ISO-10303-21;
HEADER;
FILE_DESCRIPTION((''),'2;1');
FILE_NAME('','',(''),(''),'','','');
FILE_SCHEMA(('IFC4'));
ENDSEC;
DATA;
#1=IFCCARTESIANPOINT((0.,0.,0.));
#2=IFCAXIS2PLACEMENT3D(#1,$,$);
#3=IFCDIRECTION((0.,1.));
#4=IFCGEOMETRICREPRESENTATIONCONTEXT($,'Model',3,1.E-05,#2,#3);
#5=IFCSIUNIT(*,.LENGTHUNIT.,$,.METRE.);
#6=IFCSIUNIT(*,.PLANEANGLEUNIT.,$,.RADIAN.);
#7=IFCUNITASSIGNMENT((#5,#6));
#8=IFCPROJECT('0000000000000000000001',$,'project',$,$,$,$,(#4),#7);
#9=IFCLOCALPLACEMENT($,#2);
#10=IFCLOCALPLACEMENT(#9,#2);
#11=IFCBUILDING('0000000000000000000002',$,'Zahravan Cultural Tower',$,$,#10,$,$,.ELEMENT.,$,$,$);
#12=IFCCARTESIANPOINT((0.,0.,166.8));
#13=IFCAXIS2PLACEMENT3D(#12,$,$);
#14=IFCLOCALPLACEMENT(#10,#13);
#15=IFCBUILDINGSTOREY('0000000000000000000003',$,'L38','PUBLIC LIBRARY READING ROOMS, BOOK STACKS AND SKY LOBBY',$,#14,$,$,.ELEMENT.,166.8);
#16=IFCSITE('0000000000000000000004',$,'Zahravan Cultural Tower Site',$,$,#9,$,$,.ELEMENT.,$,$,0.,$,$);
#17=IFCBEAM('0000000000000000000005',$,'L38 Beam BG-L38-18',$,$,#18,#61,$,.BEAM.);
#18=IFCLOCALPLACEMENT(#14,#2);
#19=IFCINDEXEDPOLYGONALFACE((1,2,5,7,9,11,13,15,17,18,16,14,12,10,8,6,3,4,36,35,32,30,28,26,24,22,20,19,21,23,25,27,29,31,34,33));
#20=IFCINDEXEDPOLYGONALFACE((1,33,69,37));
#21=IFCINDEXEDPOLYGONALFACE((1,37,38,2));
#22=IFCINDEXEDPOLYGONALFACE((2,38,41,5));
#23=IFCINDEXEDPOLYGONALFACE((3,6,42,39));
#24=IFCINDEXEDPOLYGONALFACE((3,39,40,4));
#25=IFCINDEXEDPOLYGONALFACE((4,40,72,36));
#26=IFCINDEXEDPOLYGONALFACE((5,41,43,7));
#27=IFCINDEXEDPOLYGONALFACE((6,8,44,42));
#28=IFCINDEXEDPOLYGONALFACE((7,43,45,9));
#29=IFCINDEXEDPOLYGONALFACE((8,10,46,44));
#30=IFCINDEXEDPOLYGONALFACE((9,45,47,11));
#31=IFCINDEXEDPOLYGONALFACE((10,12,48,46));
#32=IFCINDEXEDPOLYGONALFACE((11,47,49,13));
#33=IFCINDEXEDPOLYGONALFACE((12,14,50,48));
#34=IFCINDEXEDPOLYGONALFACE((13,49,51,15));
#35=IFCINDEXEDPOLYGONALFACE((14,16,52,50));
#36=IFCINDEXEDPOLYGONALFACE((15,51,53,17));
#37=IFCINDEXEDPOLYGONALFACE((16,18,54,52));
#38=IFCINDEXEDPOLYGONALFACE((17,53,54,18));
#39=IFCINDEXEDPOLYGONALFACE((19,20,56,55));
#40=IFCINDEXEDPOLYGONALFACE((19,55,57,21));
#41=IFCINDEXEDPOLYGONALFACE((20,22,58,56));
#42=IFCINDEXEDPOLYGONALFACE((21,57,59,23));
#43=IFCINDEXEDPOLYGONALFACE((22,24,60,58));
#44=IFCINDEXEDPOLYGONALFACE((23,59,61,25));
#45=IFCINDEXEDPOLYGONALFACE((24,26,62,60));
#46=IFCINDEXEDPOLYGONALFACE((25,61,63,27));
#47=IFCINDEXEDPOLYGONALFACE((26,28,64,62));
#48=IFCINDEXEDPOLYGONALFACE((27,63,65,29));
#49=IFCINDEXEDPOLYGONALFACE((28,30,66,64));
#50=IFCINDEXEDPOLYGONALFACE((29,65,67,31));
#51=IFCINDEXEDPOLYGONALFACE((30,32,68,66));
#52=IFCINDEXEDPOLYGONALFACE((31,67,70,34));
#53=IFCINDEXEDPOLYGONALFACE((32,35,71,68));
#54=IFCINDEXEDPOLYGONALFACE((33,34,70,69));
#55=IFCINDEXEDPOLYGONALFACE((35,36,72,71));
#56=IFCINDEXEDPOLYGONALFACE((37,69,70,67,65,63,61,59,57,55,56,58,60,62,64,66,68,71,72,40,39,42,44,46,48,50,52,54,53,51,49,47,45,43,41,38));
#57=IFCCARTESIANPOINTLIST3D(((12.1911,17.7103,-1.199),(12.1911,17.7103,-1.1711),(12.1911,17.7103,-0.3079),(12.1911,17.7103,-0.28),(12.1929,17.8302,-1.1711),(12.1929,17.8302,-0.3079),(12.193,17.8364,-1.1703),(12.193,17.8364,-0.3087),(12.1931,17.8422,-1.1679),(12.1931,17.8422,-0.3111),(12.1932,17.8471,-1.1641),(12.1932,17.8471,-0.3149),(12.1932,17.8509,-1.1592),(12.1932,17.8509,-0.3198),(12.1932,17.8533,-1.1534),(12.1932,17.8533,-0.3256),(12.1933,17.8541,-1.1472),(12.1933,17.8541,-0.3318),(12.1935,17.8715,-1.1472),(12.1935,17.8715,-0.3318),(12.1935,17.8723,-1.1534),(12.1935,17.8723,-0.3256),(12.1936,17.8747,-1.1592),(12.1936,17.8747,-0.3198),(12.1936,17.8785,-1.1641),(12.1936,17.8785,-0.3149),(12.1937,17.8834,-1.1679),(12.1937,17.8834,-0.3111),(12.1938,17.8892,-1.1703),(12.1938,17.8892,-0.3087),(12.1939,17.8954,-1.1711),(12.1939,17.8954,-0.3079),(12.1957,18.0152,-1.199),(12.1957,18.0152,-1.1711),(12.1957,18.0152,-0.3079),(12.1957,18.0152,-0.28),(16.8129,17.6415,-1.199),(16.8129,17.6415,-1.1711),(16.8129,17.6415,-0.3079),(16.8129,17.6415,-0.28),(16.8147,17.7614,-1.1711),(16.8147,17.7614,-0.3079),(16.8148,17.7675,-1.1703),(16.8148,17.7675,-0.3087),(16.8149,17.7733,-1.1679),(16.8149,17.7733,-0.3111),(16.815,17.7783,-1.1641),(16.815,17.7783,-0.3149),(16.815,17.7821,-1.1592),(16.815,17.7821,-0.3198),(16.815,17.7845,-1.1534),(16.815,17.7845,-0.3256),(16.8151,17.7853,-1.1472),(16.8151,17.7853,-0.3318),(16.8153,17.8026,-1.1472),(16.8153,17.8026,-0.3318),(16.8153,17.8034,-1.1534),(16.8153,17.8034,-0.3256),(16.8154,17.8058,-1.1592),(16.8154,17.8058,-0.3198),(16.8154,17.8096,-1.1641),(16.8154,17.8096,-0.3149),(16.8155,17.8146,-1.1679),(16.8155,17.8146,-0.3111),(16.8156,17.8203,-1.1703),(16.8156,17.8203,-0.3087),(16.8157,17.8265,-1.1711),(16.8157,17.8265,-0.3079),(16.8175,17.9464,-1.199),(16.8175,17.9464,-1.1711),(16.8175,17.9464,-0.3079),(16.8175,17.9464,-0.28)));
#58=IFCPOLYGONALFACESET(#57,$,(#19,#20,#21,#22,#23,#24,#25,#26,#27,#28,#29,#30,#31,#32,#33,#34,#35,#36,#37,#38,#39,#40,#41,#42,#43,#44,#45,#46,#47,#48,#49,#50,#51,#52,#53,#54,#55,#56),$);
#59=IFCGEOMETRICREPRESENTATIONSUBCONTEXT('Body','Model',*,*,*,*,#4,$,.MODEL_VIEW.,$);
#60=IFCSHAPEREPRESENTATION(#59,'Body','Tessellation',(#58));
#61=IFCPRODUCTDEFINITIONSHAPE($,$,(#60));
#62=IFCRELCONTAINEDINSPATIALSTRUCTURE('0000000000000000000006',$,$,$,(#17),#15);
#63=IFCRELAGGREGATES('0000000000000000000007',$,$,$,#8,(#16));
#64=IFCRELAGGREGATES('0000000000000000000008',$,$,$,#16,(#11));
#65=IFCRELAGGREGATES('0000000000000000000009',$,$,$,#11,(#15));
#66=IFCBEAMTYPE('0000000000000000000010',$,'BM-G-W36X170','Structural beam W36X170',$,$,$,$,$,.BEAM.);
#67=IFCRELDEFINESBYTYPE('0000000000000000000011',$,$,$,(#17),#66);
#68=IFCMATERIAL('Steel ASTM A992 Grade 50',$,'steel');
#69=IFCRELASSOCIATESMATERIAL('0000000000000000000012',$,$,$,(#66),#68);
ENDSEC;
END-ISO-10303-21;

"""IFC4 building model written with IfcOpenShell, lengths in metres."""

from ifc_helpers import new_model, si_unit, direction, frame, origin, origin_2d, place, context, subcontext, project, spatial, i_section, extrude, source, transform, mapped, material, material_profile, profile_set, type_object, element, save


model = new_model("IFC4")

# Units and contexts
model_context = context("Model", 3, precision=1e-05, world=origin(), true_north=direction((0.0, 1.0)))
body_context = subcontext(model_context, "Body", "Model", "MODEL_VIEW")
ifc_project = project(units=[si_unit("LENGTHUNIT", "METRE"), si_unit("PLANEANGLEUNIT", "RADIAN")], contexts=[model_context])

# Site, building, storey
site_placement = place(None, origin())
site = spatial("IfcSite", under=ifc_project, at=site_placement, Name="Zahravan Cultural Tower Site", CompositionType="ELEMENT", RefElevation=0.0)
building_placement = place(site_placement, origin())
building = spatial("IfcBuilding", under=site, at=building_placement, Name="Zahravan Cultural Tower", CompositionType="ELEMENT")
storey_placement = place(building_placement, frame((0.0, 0.0, 166.8)))
storey = spatial("IfcBuildingStorey", under=building, at=storey_placement, Name="L38", Description="PUBLIC LIBRARY READING ROOMS, BOOK STACKS AND SKY LOBBY", CompositionType="ELEMENT", Elevation=166.8)

# Shared definitions
ifc_material_1 = material(Name="Steel ASTM A992 Grade 50", Category="steel")

# Beam
ifc_material_profile_1 = material_profile(ifc_material_1, i_section(OverallWidth=0.3049, OverallDepth=0.9189, WebThickness=0.0173, FlangeThickness=0.0278, FilletRadius=0.0239, at=origin_2d()), Name="W36X170")
ifc_profile_set_1 = profile_set([ifc_material_profile_1], Name="Steel ASTM A992 Grade 50")
beam_type_1 = type_object("IfcBeamType", Name="BM-G-W36X170", Description="Structural beam W36X170", PredefinedType="BEAM", material=ifc_profile_set_1)
shared_shape_1 = source(origin(), body_context, "Body", "SweptSolid", [
    extrude(i_section(OverallWidth=0.3049, OverallDepth=0.9189, WebThickness=0.0173, FlangeThickness=0.0278, FilletRadius=0.0239, at=origin_2d()), origin(), (0.0, 0.0, 1.0), 4.6223),
])
beam_1_placement = place(storey_placement, frame((16.8152, 17.7939, -0.7395), z_axis=(-0.999889, 0.014895, 0.0), x_axis=(-0.014895, -0.999889, 0.0)))
element("IfcBeam", 1, at=beam_1_placement, inside=storey, type_object=beam_type_1, Name="L38 Beam BG-L38-18", PredefinedType="BEAM", context=body_context, shape_type="MappedRepresentation", body=[
    mapped(shared_shape_1, transform((0.0, 0.0, 0.0), x_axis=(1.0, 0.0, 0.0), y_axis=(0.0, 1.0, 0.0), z_axis=(0.0, 0.0, 1.0), scale=1.0)),
])

save(model, "model.ifc")
